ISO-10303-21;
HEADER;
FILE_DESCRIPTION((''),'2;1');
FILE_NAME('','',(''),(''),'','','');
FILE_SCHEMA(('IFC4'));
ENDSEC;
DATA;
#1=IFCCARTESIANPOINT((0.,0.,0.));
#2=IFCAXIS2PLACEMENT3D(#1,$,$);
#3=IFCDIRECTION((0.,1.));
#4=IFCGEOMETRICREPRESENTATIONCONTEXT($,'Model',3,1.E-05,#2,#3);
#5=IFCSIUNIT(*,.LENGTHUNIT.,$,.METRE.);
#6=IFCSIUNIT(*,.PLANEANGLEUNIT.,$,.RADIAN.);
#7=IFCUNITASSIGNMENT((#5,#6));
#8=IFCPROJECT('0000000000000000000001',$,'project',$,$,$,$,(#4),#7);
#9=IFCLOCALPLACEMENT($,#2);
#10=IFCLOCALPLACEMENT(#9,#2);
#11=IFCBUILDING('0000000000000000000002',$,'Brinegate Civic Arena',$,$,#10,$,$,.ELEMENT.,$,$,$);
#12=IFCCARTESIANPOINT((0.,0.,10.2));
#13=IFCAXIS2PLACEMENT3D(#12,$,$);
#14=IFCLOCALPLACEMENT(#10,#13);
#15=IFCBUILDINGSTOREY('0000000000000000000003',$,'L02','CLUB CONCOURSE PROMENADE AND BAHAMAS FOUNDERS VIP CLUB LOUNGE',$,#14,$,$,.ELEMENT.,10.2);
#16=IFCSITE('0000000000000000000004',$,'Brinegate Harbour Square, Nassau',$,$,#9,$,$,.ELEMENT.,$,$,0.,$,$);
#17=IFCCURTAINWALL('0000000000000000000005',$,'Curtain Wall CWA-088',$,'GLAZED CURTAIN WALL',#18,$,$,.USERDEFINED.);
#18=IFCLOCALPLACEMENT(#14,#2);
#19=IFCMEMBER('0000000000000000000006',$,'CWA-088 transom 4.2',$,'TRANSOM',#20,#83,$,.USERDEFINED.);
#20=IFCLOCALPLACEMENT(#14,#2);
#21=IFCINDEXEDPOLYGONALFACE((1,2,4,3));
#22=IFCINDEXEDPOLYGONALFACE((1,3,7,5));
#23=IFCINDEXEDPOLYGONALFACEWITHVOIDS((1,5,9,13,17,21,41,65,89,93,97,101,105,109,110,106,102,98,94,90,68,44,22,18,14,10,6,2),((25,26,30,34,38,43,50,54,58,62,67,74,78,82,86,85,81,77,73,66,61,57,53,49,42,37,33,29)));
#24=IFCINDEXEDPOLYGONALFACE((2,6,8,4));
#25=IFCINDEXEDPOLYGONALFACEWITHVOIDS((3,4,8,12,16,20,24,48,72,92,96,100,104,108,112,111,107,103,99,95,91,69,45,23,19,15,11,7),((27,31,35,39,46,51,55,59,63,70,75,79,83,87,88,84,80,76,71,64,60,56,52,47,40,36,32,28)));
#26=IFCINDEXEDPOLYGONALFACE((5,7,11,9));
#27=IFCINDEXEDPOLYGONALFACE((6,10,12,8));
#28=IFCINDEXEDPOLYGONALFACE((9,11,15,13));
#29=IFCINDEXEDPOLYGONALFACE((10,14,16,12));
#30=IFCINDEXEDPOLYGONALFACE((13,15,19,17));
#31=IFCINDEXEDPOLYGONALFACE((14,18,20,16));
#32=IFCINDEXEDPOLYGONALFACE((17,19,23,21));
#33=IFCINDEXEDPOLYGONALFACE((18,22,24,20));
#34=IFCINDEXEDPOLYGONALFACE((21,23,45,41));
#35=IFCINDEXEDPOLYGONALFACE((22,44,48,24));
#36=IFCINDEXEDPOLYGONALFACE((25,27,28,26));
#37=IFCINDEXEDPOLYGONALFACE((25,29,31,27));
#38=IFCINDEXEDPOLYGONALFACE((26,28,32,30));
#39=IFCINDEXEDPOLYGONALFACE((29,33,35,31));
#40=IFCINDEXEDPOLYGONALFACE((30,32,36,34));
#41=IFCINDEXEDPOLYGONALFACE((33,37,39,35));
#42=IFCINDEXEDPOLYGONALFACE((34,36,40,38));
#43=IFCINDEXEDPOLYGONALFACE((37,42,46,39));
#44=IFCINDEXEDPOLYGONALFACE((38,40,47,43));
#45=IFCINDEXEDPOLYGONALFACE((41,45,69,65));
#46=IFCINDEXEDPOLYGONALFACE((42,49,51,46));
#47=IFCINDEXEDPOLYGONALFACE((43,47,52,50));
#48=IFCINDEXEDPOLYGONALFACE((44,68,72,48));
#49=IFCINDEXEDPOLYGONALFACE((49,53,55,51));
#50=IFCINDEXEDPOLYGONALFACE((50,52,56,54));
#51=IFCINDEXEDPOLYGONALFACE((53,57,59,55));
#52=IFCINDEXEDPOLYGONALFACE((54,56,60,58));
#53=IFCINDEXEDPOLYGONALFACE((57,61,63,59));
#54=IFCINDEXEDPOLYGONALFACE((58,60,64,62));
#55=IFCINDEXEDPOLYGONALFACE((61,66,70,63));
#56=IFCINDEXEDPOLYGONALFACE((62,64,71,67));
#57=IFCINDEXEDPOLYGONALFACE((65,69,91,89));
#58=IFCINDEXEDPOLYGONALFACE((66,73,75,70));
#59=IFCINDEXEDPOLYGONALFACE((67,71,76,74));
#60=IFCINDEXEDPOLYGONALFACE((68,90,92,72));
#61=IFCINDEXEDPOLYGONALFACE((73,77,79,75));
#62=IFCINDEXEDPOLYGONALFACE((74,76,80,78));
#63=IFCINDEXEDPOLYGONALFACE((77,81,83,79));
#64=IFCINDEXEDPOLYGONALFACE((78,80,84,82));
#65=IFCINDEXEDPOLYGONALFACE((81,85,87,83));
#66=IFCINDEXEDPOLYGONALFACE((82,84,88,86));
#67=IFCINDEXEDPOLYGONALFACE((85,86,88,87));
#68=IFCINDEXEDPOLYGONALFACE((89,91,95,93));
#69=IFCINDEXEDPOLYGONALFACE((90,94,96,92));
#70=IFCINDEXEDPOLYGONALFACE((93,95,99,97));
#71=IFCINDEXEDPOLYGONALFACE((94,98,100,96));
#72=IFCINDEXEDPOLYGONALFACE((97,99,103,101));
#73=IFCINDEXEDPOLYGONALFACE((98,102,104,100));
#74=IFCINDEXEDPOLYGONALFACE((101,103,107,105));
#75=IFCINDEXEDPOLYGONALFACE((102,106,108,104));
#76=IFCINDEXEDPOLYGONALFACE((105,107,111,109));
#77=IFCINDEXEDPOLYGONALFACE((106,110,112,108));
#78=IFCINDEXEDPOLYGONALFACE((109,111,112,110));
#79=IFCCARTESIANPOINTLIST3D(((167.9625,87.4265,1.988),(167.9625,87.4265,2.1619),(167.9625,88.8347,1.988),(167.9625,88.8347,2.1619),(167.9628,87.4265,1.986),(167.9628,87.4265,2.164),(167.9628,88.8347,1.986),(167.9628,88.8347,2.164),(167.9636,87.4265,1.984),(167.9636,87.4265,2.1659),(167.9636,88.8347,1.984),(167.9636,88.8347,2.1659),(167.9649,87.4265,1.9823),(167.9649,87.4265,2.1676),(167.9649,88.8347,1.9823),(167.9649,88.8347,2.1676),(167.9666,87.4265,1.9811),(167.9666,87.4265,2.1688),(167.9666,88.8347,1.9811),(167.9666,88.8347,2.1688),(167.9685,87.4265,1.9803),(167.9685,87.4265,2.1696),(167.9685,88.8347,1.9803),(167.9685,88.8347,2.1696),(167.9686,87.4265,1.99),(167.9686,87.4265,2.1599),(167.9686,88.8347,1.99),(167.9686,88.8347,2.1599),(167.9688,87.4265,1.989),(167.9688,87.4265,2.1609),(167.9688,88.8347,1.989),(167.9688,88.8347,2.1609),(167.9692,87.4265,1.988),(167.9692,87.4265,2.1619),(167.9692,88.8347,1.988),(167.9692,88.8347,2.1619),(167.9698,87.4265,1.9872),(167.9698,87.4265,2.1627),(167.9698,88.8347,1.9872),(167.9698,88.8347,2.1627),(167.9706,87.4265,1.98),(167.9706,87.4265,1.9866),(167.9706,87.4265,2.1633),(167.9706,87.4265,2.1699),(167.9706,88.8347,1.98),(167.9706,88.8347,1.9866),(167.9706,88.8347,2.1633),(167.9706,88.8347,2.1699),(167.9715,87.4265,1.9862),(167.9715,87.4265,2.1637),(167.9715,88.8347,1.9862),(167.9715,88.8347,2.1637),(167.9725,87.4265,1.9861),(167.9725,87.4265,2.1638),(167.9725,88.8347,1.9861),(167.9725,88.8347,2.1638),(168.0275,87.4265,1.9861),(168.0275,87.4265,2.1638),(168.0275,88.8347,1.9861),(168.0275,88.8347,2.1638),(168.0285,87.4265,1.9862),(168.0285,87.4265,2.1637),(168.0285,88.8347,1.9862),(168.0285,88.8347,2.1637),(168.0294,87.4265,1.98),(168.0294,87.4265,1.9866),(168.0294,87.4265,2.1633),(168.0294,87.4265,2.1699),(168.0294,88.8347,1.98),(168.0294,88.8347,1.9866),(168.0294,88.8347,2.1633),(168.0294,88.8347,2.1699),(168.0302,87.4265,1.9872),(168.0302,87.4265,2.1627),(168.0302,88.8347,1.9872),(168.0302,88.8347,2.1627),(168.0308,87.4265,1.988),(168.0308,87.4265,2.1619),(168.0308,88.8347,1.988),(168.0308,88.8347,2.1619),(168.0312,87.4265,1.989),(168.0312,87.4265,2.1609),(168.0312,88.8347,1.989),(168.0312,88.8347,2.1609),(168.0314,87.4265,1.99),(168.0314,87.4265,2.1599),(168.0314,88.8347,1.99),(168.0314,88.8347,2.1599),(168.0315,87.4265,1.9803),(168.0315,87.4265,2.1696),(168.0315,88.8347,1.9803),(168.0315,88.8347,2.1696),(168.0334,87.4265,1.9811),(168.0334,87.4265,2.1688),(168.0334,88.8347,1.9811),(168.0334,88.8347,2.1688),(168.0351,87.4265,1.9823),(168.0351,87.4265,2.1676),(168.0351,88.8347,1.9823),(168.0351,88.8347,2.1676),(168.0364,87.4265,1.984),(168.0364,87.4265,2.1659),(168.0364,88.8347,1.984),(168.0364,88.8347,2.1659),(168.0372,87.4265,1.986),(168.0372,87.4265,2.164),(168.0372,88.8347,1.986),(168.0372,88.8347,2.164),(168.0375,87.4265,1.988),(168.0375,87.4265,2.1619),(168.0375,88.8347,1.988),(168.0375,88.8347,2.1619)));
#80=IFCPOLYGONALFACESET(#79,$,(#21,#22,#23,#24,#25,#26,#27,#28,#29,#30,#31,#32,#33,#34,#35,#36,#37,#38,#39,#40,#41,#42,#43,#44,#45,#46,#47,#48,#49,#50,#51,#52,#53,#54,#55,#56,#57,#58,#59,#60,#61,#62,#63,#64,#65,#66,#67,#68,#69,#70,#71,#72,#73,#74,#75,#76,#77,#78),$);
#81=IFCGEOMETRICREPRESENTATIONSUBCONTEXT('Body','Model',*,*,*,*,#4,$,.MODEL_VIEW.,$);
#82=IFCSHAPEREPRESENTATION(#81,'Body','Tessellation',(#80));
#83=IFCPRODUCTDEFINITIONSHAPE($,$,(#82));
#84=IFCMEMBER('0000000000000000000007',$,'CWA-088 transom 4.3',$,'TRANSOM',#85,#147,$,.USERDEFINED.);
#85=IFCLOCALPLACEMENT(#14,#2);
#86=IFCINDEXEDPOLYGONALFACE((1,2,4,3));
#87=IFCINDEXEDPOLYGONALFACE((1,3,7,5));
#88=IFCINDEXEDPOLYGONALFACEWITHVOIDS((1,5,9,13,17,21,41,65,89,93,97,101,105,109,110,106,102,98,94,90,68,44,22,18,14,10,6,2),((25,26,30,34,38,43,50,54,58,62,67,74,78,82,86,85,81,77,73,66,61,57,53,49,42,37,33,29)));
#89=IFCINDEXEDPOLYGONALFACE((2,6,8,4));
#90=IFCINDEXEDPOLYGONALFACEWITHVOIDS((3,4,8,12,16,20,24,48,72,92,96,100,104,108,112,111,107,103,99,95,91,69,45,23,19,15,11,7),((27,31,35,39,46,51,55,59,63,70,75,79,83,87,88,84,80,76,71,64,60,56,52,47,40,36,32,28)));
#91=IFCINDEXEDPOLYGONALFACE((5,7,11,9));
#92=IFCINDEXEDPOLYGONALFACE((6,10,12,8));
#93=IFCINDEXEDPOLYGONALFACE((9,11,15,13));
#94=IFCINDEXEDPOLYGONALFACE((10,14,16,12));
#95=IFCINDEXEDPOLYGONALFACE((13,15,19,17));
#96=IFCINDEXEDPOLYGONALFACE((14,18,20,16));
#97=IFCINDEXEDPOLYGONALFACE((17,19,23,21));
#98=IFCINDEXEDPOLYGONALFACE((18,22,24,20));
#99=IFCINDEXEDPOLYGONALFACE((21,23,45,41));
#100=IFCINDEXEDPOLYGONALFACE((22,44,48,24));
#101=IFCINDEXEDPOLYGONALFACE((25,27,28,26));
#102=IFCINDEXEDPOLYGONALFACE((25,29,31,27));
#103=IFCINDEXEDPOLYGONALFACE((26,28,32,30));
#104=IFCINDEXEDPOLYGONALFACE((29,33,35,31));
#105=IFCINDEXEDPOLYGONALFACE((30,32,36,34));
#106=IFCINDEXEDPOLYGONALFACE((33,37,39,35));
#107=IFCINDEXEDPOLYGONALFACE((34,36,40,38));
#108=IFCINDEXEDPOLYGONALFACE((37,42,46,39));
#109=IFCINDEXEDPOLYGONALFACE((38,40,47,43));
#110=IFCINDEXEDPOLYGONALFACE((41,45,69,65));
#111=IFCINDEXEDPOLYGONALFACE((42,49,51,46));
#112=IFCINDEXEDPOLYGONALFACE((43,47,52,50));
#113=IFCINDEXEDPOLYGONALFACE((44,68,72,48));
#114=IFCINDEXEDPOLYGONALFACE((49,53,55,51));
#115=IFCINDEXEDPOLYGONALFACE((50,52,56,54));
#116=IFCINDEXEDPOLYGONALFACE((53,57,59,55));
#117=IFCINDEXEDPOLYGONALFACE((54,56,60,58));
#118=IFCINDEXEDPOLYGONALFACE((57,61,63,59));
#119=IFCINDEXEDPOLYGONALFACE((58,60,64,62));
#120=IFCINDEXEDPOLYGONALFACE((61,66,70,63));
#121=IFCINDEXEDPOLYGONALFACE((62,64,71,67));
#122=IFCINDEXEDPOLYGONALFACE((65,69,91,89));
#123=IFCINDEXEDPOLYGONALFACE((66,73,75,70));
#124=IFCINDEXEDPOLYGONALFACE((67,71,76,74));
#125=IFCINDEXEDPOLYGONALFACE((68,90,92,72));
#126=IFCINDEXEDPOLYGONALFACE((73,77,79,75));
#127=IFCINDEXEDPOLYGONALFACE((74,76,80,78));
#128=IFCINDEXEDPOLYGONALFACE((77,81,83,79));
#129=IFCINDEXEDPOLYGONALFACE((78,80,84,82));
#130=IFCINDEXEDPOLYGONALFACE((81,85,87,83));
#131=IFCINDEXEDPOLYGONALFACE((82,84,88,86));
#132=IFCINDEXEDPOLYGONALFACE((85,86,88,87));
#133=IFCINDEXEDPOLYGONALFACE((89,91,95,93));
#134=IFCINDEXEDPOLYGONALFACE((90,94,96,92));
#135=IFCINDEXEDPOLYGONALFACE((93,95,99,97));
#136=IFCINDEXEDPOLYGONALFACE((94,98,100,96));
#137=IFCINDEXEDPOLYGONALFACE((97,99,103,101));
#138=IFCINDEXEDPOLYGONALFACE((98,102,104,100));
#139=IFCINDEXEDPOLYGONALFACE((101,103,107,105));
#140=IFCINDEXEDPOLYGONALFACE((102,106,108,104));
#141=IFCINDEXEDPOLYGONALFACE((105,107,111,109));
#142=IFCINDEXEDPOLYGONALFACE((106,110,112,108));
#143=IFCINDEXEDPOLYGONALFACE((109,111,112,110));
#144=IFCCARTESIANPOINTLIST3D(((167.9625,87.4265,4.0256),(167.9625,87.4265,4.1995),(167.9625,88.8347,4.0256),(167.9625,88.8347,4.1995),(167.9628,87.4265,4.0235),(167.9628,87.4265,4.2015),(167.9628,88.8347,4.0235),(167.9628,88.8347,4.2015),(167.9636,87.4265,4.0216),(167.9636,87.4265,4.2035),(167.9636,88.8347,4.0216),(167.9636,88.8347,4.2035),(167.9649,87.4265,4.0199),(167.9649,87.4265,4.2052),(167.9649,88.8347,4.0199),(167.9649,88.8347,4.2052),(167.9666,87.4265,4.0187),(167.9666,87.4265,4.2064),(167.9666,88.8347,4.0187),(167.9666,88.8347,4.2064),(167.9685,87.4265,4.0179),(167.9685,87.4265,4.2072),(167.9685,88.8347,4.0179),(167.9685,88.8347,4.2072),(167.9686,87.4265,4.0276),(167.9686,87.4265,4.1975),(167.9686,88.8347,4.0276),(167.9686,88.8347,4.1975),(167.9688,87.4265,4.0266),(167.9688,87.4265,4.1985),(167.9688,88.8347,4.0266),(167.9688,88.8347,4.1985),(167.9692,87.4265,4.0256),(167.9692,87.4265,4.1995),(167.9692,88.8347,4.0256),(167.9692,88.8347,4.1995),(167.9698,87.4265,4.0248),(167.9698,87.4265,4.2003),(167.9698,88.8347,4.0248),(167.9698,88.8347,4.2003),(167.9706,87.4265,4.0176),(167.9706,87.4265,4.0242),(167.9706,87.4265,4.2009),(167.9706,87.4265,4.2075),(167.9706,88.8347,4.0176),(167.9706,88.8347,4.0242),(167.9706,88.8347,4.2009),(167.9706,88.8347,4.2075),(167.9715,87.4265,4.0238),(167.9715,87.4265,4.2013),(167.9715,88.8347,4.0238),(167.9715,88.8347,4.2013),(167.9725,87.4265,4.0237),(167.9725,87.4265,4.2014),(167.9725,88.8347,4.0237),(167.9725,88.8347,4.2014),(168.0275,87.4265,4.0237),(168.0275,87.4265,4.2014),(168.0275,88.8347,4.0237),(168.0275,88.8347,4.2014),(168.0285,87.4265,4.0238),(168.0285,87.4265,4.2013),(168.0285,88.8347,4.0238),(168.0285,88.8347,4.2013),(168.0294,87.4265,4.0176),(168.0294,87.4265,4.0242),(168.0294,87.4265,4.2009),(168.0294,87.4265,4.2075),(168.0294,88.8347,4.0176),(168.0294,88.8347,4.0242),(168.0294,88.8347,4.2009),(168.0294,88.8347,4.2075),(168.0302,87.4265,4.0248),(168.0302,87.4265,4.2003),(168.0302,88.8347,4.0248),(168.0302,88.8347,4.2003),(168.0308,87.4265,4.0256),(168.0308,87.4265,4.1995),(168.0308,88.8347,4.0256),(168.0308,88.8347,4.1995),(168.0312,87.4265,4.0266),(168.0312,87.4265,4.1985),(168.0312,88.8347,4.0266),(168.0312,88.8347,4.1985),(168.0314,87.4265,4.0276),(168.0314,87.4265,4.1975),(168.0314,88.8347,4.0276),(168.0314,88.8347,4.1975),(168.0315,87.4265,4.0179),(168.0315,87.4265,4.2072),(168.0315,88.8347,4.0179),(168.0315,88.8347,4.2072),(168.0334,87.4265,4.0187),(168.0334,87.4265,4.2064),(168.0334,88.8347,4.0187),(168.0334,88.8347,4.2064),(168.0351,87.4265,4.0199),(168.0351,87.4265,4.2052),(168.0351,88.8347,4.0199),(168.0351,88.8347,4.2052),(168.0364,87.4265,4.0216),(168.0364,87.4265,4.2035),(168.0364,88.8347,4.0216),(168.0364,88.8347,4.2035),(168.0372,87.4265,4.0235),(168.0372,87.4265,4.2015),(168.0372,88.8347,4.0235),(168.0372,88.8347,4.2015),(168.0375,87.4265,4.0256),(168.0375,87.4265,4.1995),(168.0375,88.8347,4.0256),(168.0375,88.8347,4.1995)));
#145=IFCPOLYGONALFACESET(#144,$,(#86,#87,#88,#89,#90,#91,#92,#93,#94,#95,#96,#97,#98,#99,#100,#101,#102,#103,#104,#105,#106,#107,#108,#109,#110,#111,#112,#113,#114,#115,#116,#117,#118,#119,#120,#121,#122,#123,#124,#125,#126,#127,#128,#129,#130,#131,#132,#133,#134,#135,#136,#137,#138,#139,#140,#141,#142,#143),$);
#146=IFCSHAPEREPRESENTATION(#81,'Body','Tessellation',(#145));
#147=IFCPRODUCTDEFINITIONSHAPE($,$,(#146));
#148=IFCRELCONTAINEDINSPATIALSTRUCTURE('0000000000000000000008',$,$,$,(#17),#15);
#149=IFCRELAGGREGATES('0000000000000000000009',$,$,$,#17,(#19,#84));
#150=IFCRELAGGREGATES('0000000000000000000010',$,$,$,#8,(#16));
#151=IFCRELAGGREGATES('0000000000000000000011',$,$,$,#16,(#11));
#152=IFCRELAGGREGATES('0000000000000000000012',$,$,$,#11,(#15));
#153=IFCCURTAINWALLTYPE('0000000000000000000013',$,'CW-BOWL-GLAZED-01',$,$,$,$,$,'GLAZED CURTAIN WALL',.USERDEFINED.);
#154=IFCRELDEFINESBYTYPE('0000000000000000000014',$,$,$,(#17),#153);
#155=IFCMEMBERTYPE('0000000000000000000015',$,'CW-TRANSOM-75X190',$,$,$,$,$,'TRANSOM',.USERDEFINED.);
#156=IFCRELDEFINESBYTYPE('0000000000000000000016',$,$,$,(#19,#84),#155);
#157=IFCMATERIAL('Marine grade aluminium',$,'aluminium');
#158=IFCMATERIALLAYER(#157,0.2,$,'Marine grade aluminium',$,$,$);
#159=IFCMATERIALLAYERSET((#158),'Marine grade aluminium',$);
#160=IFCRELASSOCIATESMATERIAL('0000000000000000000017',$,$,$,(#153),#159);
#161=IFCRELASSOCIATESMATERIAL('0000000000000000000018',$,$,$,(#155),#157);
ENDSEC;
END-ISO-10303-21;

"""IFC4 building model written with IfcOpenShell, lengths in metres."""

from ifc_helpers import new_model, si_unit, direction, frame, origin, origin_2d, place, context, subcontext, project, spatial, hollow_rectangle, extrude, material, layer, layer_set, material_profile, profile_set, type_object, element, aggregate, save


model = new_model("IFC4")

# Units and contexts
model_context = context("Model", 3, precision=1e-05, world=origin(), true_north=direction((0.0, 1.0)))
body_context = subcontext(model_context, "Body", "Model", "MODEL_VIEW")
ifc_project = project(units=[si_unit("LENGTHUNIT", "METRE"), si_unit("PLANEANGLEUNIT", "RADIAN")], contexts=[model_context])

# Site, building, storey
site_placement = place(None, origin())
site = spatial("IfcSite", under=ifc_project, at=site_placement, Name="Brinegate Harbour Square, Nassau", CompositionType="ELEMENT", RefElevation=0.0)
building_placement = place(site_placement, origin())
building = spatial("IfcBuilding", under=site, at=building_placement, Name="Brinegate Civic Arena", CompositionType="ELEMENT")
storey_placement = place(building_placement, frame((0.0, 0.0, 10.2)))
storey = spatial("IfcBuildingStorey", under=building, at=storey_placement, Name="L02", Description="CLUB CONCOURSE PROMENADE AND BAHAMAS FOUNDERS VIP CLUB LOUNGE", CompositionType="ELEMENT", Elevation=10.2)

# Curtain wall, members
ifc_material_1 = material(Name="Marine grade aluminium", Category="aluminium")
ifc_layer_1 = layer(ifc_material_1, 0.2, Name="Marine grade aluminium")
ifc_layer_set_1 = layer_set([ifc_layer_1], Name="Marine grade aluminium")
curtain_wall_type = type_object("IfcCurtainWallType", Name="CW-BOWL-GLAZED-01", ElementType="GLAZED CURTAIN WALL", PredefinedType="USERDEFINED", material=ifc_layer_set_1)
curtain_wall_placement = place(storey_placement, origin())
curtain_wall = element("IfcCurtainWall", 1, at=curtain_wall_placement, inside=storey, type_object=curtain_wall_type, Name="Curtain Wall CWA-088", ObjectType="GLAZED CURTAIN WALL", PredefinedType="USERDEFINED")
ifc_material_profile_1 = material_profile(ifc_material_1, hollow_rectangle(XDim=0.075, YDim=0.1899, WallThickness=0.0061, InnerFilletRadius=0.0039, OuterFilletRadius=0.0081, at=origin_2d()), Name="TRN75X190")
ifc_profile_set_1 = profile_set([ifc_material_profile_1], Name="Marine grade aluminium")
member_type_1 = type_object("IfcMemberType", Name="CW-TRANSOM-75X190", ElementType="TRANSOM", PredefinedType="USERDEFINED", material=ifc_profile_set_1)
member_1_placement = place(storey_placement, frame((168.0, 87.4265, 2.075), z_axis=(0.0, 1.0, 0.0), x_axis=(-1.0, 0.0, 0.0)))
member_1 = element("IfcMember", 2, at=member_1_placement, type_object=member_type_1, Name="CWA-088 transom 4.2", ObjectType="TRANSOM", PredefinedType="USERDEFINED", context=body_context, shape_type="SweptSolid", body=[
    extrude(hollow_rectangle(XDim=0.075, YDim=0.1899, WallThickness=0.0061, InnerFilletRadius=0.0039, OuterFilletRadius=0.0081, at=origin_2d()), origin(), (0.0, 0.0, 1.0), 1.4082),
])
member_2_placement = place(storey_placement, frame((168.0, 87.4265, 4.1125), z_axis=(0.0, 1.0, 0.0), x_axis=(-1.0, 0.0, 0.0)))
member_2 = element("IfcMember", 3, at=member_2_placement, type_object=member_type_1, Name="CWA-088 transom 4.3", ObjectType="TRANSOM", PredefinedType="USERDEFINED", context=body_context, shape_type="SweptSolid", body=[
    extrude(hollow_rectangle(XDim=0.075, YDim=0.1899, WallThickness=0.0061, InnerFilletRadius=0.0039, OuterFilletRadius=0.0081, at=origin_2d()), origin(), (0.0, 0.0, 1.0), 1.4082),
])

aggregate(curtain_wall, [member_1, member_2])

save(model, "model.ifc")
